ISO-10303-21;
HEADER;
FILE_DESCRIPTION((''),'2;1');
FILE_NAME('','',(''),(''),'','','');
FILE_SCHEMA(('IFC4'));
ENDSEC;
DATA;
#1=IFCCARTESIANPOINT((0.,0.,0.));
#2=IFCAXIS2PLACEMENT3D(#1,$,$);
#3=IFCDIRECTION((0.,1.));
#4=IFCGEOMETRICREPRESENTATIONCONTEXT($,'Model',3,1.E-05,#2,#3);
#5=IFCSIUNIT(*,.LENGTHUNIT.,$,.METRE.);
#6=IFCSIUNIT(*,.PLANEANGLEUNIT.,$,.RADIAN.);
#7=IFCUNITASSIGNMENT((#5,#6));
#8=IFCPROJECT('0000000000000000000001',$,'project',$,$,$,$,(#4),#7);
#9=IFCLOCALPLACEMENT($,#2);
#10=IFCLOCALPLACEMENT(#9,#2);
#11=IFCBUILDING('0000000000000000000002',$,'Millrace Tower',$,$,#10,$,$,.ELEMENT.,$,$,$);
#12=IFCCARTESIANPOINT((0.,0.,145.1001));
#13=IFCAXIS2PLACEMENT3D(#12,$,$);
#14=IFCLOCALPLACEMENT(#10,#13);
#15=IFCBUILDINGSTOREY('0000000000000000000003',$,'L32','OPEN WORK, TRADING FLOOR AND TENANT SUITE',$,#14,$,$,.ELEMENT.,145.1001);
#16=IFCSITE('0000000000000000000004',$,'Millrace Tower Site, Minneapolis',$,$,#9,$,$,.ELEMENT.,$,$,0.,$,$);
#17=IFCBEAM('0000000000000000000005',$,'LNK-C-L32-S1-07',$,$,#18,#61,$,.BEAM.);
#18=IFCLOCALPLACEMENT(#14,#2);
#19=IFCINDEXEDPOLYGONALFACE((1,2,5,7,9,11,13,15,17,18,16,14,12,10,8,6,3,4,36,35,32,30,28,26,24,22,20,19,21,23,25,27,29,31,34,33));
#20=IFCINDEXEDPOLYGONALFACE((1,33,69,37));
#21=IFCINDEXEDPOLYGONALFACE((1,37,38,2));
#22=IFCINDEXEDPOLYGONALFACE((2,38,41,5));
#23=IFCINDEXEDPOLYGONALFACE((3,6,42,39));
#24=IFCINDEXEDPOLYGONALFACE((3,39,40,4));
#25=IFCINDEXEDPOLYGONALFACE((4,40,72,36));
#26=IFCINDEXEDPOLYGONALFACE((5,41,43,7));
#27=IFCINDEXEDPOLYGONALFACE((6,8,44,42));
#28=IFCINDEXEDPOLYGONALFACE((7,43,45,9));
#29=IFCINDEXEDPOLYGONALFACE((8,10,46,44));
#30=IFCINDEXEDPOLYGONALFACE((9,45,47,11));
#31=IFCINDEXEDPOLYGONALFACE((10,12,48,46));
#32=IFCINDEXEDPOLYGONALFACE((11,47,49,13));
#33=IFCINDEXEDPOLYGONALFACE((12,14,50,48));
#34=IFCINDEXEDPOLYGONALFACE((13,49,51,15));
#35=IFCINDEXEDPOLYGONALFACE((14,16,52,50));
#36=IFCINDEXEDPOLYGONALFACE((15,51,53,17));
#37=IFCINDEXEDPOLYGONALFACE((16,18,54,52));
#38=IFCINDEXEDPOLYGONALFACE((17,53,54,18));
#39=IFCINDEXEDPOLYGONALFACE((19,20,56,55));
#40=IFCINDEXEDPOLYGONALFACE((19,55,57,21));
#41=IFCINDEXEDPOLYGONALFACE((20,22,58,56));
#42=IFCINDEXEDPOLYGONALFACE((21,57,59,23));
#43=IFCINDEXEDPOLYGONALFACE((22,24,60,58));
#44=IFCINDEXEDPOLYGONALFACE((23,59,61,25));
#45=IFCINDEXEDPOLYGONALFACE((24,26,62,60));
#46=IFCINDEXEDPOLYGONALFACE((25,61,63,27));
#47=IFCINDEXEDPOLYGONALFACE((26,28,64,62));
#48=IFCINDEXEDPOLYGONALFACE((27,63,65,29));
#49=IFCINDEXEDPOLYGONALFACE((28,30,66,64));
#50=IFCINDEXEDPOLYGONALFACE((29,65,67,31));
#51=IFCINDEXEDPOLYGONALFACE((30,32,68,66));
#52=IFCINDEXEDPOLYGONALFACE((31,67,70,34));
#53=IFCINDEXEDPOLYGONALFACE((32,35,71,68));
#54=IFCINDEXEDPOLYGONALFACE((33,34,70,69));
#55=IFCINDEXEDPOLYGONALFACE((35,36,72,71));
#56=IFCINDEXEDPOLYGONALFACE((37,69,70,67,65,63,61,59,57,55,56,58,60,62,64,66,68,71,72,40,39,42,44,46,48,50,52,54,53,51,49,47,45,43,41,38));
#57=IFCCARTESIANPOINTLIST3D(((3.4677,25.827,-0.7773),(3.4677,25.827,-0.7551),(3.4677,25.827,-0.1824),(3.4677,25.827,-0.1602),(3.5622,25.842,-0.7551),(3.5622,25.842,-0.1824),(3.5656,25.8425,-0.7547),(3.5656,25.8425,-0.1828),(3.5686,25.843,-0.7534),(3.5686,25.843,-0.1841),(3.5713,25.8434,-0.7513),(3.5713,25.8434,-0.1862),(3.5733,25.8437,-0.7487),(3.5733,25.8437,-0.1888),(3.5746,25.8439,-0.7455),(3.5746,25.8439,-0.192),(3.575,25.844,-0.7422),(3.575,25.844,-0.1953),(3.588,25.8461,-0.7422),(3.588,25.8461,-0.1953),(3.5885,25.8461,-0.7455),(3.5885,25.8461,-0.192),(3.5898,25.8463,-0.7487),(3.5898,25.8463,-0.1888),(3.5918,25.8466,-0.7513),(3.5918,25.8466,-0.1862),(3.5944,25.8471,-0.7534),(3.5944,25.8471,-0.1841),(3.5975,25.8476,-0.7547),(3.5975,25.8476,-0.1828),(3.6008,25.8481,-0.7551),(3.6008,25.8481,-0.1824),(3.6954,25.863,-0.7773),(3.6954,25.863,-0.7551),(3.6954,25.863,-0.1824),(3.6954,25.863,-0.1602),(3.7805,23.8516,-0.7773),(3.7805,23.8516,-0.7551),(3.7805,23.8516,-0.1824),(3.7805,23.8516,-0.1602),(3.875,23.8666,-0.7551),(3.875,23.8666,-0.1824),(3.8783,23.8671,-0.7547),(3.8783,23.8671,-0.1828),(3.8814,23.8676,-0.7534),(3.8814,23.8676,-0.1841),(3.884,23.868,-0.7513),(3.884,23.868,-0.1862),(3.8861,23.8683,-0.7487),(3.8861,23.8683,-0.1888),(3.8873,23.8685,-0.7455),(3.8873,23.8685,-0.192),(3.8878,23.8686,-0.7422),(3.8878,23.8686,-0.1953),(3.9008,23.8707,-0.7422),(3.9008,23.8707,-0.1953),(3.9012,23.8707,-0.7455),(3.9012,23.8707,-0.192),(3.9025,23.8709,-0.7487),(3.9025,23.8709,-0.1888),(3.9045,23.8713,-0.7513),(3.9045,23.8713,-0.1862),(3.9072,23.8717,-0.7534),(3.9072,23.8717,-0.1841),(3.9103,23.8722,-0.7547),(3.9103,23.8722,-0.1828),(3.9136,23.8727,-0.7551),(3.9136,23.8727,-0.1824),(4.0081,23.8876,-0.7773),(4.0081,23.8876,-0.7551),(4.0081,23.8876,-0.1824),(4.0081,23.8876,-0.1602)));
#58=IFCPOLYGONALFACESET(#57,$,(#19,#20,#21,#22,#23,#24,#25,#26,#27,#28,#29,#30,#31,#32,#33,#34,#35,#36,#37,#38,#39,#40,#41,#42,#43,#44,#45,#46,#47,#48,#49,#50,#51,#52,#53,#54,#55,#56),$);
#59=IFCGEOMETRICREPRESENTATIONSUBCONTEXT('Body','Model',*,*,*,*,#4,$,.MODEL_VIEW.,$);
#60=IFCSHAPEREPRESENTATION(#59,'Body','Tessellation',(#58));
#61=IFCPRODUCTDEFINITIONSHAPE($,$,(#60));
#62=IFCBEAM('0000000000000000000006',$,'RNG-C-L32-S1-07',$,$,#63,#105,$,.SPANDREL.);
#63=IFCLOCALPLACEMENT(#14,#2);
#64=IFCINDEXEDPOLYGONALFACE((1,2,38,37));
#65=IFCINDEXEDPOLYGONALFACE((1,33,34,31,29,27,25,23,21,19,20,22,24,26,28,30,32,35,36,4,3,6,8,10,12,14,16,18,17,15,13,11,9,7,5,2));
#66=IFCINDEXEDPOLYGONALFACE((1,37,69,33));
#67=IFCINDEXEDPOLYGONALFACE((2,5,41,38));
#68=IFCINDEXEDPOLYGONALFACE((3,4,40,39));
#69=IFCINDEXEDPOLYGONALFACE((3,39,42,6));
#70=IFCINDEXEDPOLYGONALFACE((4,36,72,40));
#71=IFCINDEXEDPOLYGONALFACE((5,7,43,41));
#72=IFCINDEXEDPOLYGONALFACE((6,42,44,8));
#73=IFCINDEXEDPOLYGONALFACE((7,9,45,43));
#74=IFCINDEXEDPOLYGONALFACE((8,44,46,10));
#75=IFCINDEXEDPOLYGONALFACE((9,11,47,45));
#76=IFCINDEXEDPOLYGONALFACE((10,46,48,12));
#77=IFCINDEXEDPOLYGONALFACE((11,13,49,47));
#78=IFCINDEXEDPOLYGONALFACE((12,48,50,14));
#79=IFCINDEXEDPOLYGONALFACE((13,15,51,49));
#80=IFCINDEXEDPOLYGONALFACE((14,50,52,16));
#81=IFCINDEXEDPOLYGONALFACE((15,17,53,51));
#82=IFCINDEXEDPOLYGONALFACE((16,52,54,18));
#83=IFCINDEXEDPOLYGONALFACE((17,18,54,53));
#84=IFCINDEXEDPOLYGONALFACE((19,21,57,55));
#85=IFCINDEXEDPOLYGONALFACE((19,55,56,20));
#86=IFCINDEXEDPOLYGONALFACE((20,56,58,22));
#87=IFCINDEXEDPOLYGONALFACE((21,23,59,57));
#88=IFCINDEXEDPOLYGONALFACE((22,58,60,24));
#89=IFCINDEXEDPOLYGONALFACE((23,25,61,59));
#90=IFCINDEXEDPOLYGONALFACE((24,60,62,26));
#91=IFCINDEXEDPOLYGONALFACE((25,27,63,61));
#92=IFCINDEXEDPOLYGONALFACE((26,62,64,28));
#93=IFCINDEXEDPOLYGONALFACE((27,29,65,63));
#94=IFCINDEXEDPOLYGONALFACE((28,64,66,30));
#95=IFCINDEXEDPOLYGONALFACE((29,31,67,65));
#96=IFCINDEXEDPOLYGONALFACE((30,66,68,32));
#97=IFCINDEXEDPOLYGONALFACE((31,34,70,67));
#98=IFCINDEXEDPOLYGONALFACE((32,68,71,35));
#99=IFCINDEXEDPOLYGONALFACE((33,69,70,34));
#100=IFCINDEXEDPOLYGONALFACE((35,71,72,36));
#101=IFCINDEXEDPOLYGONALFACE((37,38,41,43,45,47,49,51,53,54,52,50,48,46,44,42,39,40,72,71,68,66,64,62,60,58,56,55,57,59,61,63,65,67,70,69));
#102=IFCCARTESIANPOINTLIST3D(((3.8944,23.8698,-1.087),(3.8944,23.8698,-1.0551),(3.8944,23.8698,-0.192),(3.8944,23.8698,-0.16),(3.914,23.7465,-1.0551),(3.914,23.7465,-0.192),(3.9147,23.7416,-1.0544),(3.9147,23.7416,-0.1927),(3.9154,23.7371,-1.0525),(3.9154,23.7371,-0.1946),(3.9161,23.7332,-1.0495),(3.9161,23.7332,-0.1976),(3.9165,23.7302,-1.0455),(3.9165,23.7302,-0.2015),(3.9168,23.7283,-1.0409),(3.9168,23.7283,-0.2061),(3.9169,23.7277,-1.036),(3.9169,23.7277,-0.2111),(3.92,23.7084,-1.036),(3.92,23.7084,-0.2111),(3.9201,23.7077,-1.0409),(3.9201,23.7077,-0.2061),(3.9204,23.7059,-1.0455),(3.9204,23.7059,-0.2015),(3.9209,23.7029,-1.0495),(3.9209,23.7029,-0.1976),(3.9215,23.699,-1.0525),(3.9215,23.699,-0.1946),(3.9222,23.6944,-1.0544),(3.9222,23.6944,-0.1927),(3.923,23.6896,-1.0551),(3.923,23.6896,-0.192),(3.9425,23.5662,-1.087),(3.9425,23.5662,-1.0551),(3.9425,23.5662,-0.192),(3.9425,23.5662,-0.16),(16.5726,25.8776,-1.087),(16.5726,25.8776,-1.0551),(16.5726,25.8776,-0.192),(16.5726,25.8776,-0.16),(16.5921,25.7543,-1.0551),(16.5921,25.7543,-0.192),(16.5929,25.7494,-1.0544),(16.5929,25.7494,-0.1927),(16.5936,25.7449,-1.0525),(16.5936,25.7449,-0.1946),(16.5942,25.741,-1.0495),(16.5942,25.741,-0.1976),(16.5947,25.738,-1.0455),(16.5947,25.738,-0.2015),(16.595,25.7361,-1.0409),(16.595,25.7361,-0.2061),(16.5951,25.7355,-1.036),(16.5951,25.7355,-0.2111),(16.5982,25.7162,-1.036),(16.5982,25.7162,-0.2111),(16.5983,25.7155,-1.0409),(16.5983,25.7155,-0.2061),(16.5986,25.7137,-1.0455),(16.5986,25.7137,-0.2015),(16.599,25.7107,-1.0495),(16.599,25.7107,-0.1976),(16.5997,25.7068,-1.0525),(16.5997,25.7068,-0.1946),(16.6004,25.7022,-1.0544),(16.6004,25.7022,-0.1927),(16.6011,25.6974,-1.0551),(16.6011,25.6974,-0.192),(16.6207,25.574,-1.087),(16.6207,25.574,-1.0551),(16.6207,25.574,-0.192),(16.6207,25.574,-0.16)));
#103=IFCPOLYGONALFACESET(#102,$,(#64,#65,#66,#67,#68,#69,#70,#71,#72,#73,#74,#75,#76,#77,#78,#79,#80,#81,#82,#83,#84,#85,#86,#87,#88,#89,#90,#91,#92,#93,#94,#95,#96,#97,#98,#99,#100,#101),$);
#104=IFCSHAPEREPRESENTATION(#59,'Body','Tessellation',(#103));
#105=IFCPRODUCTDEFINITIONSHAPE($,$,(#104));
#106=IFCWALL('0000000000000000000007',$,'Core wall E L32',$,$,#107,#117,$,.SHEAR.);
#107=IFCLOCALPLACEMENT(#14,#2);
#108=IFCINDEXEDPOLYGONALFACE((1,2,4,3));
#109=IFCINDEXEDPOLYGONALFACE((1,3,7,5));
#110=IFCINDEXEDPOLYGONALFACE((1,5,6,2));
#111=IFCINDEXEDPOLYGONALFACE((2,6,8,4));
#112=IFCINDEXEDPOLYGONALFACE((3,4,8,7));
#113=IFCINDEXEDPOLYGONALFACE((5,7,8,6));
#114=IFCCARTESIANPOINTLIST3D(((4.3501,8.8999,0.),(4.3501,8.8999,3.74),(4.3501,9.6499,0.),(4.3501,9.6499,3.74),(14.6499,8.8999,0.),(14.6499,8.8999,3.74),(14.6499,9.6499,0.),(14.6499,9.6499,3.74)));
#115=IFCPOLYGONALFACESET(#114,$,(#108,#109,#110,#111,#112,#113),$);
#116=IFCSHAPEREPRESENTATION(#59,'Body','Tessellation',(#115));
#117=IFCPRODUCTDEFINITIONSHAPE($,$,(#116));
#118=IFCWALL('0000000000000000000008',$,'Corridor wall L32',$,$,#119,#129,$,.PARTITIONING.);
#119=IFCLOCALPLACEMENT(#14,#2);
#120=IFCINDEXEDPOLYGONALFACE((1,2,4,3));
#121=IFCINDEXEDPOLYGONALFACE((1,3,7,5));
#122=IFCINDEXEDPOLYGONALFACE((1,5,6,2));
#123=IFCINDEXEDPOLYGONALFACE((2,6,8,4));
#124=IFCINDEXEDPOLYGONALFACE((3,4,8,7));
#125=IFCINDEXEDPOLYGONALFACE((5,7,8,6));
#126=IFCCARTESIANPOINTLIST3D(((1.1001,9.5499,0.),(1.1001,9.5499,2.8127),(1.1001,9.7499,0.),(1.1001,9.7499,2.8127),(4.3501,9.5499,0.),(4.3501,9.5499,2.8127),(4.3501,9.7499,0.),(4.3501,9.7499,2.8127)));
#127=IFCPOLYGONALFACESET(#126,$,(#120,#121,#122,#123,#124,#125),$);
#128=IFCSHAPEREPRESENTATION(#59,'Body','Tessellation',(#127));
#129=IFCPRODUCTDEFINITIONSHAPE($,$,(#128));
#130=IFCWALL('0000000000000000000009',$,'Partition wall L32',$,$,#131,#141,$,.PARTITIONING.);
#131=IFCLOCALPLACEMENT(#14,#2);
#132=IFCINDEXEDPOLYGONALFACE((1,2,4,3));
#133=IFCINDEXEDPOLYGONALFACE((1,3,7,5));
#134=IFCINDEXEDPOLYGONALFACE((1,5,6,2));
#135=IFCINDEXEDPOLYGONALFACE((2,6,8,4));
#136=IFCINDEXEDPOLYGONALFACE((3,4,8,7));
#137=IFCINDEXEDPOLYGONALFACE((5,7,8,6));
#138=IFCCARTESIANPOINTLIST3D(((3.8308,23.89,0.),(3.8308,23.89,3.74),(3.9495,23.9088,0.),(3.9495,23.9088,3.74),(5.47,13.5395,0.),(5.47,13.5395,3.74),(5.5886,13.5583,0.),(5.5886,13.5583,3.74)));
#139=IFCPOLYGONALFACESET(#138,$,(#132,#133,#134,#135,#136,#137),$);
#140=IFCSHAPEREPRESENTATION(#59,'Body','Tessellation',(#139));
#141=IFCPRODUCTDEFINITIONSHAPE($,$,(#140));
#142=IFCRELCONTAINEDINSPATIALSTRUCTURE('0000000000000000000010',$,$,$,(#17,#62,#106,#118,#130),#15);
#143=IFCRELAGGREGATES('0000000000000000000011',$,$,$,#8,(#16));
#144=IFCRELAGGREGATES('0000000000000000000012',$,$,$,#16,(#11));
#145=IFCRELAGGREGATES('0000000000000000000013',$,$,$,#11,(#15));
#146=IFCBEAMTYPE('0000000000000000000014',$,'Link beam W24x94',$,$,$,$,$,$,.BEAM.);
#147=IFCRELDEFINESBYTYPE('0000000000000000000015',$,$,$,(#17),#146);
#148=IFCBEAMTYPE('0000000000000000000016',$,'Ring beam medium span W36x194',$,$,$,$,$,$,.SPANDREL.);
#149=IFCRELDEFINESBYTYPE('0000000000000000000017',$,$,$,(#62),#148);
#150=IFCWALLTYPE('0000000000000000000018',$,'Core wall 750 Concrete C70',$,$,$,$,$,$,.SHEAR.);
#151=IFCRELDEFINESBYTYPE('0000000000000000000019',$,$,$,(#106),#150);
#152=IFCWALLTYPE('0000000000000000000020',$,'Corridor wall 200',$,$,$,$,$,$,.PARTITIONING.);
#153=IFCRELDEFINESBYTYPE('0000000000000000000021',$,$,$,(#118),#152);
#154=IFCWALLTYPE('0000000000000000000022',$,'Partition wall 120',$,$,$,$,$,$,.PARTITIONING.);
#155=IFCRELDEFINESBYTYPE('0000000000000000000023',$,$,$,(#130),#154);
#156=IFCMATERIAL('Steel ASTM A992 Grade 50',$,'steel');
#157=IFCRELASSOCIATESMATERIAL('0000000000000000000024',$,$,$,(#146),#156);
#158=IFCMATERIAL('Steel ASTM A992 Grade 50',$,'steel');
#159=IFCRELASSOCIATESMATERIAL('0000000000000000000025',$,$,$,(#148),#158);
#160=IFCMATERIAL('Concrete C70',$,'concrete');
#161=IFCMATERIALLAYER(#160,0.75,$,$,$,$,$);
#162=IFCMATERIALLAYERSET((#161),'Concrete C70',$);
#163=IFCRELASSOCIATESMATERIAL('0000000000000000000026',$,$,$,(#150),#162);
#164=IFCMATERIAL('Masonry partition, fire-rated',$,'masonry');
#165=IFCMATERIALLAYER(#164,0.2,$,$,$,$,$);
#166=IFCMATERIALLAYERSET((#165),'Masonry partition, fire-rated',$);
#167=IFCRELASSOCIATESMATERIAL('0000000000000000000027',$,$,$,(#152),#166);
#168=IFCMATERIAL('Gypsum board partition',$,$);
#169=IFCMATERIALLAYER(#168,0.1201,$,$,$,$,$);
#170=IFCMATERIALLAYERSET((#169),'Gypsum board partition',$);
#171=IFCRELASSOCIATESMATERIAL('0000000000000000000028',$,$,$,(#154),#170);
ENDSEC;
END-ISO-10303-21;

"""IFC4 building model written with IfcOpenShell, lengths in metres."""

from ifc_helpers import new_model, si_unit, direction, frame, frame_2d, origin, origin_2d, place, context, subcontext, project, spatial, rectangle, i_section, extrude, material, layer, layer_set, material_profile, profile_set, type_object, element, save


model = new_model("IFC4")

# Units and contexts
model_context = context("Model", 3, precision=1e-05, world=origin(), true_north=direction((0.0, 1.0)))
body_context = subcontext(model_context, "Body", "Model", "MODEL_VIEW")
ifc_project = project(units=[si_unit("LENGTHUNIT", "METRE"), si_unit("PLANEANGLEUNIT", "RADIAN")], contexts=[model_context])

# Site, building, storey
site_placement = place(None, origin())
site = spatial("IfcSite", under=ifc_project, at=site_placement, Name="Millrace Tower Site, Minneapolis", CompositionType="ELEMENT", RefElevation=0.0)
building_placement = place(site_placement, origin())
building = spatial("IfcBuilding", under=site, at=building_placement, Name="Millrace Tower", CompositionType="ELEMENT")
storey_placement = place(building_placement, frame((0.0, 0.0, 145.1001)))
storey = spatial("IfcBuildingStorey", under=building, at=storey_placement, Name="L32", Description="OPEN WORK, TRADING FLOOR AND TENANT SUITE", CompositionType="ELEMENT", Elevation=145.1001)

# Beams
ifc_material_1 = material(Name="Steel ASTM A992 Grade 50", Category="steel")
ifc_material_profile_1 = material_profile(ifc_material_1, i_section(OverallWidth=0.2305, OverallDepth=0.6172, WebThickness=0.0132, FlangeThickness=0.0222, FilletRadius=0.0129, at=origin_2d()))
ifc_profile_set_1 = profile_set([ifc_material_profile_1], Name="Steel ASTM A992 Grade 50")
beam_type_1 = type_object("IfcBeamType", Name="Link beam W24x94", PredefinedType="BEAM", material=ifc_profile_set_1)
beam_1_placement = place(storey_placement, frame((3.8943, 23.8696, -0.4688), z_axis=(-0.156376, 0.987698, 0.0), x_axis=(-0.987698, -0.156376, 0.0)))
element("IfcBeam", 1, at=beam_1_placement, inside=storey, type_object=beam_type_1, Name="LNK-C-L32-S1-07", PredefinedType="BEAM", context=body_context, shape_type="SweptSolid", body=[
    extrude(i_section(OverallWidth=0.2305, OverallDepth=0.6172, WebThickness=0.0132, FlangeThickness=0.0222, FilletRadius=0.0129, at=origin_2d()), origin(), (0.0, 0.0, 1.0), 2.0),
])
ifc_material_2 = material(Name="Steel ASTM A992 Grade 50", Category="steel")
ifc_material_profile_2 = material_profile(ifc_material_2, i_section(OverallWidth=0.3074, OverallDepth=0.927, WebThickness=0.0195, FlangeThickness=0.032, FilletRadius=0.019, at=origin_2d()))
ifc_profile_set_2 = profile_set([ifc_material_profile_2], Name="Steel ASTM A992 Grade 50")
beam_type_2 = type_object("IfcBeamType", Name="Ring beam medium span W36x194", PredefinedType="SPANDREL", material=ifc_profile_set_2)
beam_2_placement = place(storey_placement, frame((3.9185, 23.718, -0.6235), z_axis=(0.987691, 0.156418, 0.0), x_axis=(-0.156418, 0.987691, 0.0)))
element("IfcBeam", 2, at=beam_2_placement, inside=storey, type_object=beam_type_2, Name="RNG-C-L32-S1-07", PredefinedType="SPANDREL", context=body_context, shape_type="SweptSolid", body=[
    extrude(i_section(OverallWidth=0.3074, OverallDepth=0.927, WebThickness=0.0195, FlangeThickness=0.032, FilletRadius=0.019, at=origin_2d()), origin(), (0.0, 0.0, 1.0), 12.8362),
])

# Walls
ifc_material_3 = material(Name="Concrete C70", Category="concrete")
ifc_layer_1 = layer(ifc_material_3, 0.75)
ifc_layer_set_1 = layer_set([ifc_layer_1], Name="Concrete C70")
wall_type_1 = type_object("IfcWallType", Name="Core wall 750 Concrete C70", PredefinedType="SHEAR", material=ifc_layer_set_1)
wall_1_placement = place(storey_placement, frame((14.6499, 9.2749, 0.0), z_axis=(0.0, 0.0, 1.0), x_axis=(-1.0, 0.0, 0.0)))
element("IfcWall", 3, at=wall_1_placement, inside=storey, type_object=wall_type_1, Name="Core wall E L32", PredefinedType="SHEAR", context=body_context, shape_type="SweptSolid", body=[
    extrude(rectangle(XDim=10.2998, YDim=0.75, at=frame_2d((5.1499, 0.0))), origin(), (0.0, 0.0, 1.0), 3.74),
])
ifc_material_4 = material(Name="Masonry partition, fire-rated", Category="masonry")
ifc_layer_2 = layer(ifc_material_4, 0.2)
ifc_layer_set_2 = layer_set([ifc_layer_2], Name="Masonry partition, fire-rated")
wall_type_2 = type_object("IfcWallType", Name="Corridor wall 200", PredefinedType="PARTITIONING", material=ifc_layer_set_2)
wall_2_placement = place(storey_placement, frame((1.1001, 9.6499, 0.0), z_axis=(0.0, 0.0, 1.0), x_axis=(1.0, 0.0, 0.0)))
element("IfcWall", 4, at=wall_2_placement, inside=storey, type_object=wall_type_2, Name="Corridor wall L32", PredefinedType="PARTITIONING", context=body_context, shape_type="SweptSolid", body=[
    extrude(rectangle(XDim=3.25, YDim=0.2, at=frame_2d((1.625, 0.0))), origin(), (0.0, 0.0, 1.0), 2.8127),
])
ifc_material_5 = material(Name="Gypsum board partition")
ifc_layer_3 = layer(ifc_material_5, 0.1201)
ifc_layer_set_3 = layer_set([ifc_layer_3], Name="Gypsum board partition")
wall_type_3 = type_object("IfcWallType", Name="Partition wall 120", PredefinedType="PARTITIONING", material=ifc_layer_set_3)
wall_3_placement = place(storey_placement, frame((3.8901, 23.8994, 0.0), z_axis=(0.0, 0.0, 1.0), x_axis=(0.156415, -0.987691, 0.0)))
element("IfcWall", 5, at=wall_3_placement, inside=storey, type_object=wall_type_3, Name="Partition wall L32", PredefinedType="PARTITIONING", context=body_context, shape_type="SweptSolid", body=[
    extrude(rectangle(XDim=10.4795, YDim=0.1201, at=frame_2d((5.2397, 0.0))), origin(), (0.0, 0.0, 1.0), 3.74),
])

save(model, "model.ifc")
